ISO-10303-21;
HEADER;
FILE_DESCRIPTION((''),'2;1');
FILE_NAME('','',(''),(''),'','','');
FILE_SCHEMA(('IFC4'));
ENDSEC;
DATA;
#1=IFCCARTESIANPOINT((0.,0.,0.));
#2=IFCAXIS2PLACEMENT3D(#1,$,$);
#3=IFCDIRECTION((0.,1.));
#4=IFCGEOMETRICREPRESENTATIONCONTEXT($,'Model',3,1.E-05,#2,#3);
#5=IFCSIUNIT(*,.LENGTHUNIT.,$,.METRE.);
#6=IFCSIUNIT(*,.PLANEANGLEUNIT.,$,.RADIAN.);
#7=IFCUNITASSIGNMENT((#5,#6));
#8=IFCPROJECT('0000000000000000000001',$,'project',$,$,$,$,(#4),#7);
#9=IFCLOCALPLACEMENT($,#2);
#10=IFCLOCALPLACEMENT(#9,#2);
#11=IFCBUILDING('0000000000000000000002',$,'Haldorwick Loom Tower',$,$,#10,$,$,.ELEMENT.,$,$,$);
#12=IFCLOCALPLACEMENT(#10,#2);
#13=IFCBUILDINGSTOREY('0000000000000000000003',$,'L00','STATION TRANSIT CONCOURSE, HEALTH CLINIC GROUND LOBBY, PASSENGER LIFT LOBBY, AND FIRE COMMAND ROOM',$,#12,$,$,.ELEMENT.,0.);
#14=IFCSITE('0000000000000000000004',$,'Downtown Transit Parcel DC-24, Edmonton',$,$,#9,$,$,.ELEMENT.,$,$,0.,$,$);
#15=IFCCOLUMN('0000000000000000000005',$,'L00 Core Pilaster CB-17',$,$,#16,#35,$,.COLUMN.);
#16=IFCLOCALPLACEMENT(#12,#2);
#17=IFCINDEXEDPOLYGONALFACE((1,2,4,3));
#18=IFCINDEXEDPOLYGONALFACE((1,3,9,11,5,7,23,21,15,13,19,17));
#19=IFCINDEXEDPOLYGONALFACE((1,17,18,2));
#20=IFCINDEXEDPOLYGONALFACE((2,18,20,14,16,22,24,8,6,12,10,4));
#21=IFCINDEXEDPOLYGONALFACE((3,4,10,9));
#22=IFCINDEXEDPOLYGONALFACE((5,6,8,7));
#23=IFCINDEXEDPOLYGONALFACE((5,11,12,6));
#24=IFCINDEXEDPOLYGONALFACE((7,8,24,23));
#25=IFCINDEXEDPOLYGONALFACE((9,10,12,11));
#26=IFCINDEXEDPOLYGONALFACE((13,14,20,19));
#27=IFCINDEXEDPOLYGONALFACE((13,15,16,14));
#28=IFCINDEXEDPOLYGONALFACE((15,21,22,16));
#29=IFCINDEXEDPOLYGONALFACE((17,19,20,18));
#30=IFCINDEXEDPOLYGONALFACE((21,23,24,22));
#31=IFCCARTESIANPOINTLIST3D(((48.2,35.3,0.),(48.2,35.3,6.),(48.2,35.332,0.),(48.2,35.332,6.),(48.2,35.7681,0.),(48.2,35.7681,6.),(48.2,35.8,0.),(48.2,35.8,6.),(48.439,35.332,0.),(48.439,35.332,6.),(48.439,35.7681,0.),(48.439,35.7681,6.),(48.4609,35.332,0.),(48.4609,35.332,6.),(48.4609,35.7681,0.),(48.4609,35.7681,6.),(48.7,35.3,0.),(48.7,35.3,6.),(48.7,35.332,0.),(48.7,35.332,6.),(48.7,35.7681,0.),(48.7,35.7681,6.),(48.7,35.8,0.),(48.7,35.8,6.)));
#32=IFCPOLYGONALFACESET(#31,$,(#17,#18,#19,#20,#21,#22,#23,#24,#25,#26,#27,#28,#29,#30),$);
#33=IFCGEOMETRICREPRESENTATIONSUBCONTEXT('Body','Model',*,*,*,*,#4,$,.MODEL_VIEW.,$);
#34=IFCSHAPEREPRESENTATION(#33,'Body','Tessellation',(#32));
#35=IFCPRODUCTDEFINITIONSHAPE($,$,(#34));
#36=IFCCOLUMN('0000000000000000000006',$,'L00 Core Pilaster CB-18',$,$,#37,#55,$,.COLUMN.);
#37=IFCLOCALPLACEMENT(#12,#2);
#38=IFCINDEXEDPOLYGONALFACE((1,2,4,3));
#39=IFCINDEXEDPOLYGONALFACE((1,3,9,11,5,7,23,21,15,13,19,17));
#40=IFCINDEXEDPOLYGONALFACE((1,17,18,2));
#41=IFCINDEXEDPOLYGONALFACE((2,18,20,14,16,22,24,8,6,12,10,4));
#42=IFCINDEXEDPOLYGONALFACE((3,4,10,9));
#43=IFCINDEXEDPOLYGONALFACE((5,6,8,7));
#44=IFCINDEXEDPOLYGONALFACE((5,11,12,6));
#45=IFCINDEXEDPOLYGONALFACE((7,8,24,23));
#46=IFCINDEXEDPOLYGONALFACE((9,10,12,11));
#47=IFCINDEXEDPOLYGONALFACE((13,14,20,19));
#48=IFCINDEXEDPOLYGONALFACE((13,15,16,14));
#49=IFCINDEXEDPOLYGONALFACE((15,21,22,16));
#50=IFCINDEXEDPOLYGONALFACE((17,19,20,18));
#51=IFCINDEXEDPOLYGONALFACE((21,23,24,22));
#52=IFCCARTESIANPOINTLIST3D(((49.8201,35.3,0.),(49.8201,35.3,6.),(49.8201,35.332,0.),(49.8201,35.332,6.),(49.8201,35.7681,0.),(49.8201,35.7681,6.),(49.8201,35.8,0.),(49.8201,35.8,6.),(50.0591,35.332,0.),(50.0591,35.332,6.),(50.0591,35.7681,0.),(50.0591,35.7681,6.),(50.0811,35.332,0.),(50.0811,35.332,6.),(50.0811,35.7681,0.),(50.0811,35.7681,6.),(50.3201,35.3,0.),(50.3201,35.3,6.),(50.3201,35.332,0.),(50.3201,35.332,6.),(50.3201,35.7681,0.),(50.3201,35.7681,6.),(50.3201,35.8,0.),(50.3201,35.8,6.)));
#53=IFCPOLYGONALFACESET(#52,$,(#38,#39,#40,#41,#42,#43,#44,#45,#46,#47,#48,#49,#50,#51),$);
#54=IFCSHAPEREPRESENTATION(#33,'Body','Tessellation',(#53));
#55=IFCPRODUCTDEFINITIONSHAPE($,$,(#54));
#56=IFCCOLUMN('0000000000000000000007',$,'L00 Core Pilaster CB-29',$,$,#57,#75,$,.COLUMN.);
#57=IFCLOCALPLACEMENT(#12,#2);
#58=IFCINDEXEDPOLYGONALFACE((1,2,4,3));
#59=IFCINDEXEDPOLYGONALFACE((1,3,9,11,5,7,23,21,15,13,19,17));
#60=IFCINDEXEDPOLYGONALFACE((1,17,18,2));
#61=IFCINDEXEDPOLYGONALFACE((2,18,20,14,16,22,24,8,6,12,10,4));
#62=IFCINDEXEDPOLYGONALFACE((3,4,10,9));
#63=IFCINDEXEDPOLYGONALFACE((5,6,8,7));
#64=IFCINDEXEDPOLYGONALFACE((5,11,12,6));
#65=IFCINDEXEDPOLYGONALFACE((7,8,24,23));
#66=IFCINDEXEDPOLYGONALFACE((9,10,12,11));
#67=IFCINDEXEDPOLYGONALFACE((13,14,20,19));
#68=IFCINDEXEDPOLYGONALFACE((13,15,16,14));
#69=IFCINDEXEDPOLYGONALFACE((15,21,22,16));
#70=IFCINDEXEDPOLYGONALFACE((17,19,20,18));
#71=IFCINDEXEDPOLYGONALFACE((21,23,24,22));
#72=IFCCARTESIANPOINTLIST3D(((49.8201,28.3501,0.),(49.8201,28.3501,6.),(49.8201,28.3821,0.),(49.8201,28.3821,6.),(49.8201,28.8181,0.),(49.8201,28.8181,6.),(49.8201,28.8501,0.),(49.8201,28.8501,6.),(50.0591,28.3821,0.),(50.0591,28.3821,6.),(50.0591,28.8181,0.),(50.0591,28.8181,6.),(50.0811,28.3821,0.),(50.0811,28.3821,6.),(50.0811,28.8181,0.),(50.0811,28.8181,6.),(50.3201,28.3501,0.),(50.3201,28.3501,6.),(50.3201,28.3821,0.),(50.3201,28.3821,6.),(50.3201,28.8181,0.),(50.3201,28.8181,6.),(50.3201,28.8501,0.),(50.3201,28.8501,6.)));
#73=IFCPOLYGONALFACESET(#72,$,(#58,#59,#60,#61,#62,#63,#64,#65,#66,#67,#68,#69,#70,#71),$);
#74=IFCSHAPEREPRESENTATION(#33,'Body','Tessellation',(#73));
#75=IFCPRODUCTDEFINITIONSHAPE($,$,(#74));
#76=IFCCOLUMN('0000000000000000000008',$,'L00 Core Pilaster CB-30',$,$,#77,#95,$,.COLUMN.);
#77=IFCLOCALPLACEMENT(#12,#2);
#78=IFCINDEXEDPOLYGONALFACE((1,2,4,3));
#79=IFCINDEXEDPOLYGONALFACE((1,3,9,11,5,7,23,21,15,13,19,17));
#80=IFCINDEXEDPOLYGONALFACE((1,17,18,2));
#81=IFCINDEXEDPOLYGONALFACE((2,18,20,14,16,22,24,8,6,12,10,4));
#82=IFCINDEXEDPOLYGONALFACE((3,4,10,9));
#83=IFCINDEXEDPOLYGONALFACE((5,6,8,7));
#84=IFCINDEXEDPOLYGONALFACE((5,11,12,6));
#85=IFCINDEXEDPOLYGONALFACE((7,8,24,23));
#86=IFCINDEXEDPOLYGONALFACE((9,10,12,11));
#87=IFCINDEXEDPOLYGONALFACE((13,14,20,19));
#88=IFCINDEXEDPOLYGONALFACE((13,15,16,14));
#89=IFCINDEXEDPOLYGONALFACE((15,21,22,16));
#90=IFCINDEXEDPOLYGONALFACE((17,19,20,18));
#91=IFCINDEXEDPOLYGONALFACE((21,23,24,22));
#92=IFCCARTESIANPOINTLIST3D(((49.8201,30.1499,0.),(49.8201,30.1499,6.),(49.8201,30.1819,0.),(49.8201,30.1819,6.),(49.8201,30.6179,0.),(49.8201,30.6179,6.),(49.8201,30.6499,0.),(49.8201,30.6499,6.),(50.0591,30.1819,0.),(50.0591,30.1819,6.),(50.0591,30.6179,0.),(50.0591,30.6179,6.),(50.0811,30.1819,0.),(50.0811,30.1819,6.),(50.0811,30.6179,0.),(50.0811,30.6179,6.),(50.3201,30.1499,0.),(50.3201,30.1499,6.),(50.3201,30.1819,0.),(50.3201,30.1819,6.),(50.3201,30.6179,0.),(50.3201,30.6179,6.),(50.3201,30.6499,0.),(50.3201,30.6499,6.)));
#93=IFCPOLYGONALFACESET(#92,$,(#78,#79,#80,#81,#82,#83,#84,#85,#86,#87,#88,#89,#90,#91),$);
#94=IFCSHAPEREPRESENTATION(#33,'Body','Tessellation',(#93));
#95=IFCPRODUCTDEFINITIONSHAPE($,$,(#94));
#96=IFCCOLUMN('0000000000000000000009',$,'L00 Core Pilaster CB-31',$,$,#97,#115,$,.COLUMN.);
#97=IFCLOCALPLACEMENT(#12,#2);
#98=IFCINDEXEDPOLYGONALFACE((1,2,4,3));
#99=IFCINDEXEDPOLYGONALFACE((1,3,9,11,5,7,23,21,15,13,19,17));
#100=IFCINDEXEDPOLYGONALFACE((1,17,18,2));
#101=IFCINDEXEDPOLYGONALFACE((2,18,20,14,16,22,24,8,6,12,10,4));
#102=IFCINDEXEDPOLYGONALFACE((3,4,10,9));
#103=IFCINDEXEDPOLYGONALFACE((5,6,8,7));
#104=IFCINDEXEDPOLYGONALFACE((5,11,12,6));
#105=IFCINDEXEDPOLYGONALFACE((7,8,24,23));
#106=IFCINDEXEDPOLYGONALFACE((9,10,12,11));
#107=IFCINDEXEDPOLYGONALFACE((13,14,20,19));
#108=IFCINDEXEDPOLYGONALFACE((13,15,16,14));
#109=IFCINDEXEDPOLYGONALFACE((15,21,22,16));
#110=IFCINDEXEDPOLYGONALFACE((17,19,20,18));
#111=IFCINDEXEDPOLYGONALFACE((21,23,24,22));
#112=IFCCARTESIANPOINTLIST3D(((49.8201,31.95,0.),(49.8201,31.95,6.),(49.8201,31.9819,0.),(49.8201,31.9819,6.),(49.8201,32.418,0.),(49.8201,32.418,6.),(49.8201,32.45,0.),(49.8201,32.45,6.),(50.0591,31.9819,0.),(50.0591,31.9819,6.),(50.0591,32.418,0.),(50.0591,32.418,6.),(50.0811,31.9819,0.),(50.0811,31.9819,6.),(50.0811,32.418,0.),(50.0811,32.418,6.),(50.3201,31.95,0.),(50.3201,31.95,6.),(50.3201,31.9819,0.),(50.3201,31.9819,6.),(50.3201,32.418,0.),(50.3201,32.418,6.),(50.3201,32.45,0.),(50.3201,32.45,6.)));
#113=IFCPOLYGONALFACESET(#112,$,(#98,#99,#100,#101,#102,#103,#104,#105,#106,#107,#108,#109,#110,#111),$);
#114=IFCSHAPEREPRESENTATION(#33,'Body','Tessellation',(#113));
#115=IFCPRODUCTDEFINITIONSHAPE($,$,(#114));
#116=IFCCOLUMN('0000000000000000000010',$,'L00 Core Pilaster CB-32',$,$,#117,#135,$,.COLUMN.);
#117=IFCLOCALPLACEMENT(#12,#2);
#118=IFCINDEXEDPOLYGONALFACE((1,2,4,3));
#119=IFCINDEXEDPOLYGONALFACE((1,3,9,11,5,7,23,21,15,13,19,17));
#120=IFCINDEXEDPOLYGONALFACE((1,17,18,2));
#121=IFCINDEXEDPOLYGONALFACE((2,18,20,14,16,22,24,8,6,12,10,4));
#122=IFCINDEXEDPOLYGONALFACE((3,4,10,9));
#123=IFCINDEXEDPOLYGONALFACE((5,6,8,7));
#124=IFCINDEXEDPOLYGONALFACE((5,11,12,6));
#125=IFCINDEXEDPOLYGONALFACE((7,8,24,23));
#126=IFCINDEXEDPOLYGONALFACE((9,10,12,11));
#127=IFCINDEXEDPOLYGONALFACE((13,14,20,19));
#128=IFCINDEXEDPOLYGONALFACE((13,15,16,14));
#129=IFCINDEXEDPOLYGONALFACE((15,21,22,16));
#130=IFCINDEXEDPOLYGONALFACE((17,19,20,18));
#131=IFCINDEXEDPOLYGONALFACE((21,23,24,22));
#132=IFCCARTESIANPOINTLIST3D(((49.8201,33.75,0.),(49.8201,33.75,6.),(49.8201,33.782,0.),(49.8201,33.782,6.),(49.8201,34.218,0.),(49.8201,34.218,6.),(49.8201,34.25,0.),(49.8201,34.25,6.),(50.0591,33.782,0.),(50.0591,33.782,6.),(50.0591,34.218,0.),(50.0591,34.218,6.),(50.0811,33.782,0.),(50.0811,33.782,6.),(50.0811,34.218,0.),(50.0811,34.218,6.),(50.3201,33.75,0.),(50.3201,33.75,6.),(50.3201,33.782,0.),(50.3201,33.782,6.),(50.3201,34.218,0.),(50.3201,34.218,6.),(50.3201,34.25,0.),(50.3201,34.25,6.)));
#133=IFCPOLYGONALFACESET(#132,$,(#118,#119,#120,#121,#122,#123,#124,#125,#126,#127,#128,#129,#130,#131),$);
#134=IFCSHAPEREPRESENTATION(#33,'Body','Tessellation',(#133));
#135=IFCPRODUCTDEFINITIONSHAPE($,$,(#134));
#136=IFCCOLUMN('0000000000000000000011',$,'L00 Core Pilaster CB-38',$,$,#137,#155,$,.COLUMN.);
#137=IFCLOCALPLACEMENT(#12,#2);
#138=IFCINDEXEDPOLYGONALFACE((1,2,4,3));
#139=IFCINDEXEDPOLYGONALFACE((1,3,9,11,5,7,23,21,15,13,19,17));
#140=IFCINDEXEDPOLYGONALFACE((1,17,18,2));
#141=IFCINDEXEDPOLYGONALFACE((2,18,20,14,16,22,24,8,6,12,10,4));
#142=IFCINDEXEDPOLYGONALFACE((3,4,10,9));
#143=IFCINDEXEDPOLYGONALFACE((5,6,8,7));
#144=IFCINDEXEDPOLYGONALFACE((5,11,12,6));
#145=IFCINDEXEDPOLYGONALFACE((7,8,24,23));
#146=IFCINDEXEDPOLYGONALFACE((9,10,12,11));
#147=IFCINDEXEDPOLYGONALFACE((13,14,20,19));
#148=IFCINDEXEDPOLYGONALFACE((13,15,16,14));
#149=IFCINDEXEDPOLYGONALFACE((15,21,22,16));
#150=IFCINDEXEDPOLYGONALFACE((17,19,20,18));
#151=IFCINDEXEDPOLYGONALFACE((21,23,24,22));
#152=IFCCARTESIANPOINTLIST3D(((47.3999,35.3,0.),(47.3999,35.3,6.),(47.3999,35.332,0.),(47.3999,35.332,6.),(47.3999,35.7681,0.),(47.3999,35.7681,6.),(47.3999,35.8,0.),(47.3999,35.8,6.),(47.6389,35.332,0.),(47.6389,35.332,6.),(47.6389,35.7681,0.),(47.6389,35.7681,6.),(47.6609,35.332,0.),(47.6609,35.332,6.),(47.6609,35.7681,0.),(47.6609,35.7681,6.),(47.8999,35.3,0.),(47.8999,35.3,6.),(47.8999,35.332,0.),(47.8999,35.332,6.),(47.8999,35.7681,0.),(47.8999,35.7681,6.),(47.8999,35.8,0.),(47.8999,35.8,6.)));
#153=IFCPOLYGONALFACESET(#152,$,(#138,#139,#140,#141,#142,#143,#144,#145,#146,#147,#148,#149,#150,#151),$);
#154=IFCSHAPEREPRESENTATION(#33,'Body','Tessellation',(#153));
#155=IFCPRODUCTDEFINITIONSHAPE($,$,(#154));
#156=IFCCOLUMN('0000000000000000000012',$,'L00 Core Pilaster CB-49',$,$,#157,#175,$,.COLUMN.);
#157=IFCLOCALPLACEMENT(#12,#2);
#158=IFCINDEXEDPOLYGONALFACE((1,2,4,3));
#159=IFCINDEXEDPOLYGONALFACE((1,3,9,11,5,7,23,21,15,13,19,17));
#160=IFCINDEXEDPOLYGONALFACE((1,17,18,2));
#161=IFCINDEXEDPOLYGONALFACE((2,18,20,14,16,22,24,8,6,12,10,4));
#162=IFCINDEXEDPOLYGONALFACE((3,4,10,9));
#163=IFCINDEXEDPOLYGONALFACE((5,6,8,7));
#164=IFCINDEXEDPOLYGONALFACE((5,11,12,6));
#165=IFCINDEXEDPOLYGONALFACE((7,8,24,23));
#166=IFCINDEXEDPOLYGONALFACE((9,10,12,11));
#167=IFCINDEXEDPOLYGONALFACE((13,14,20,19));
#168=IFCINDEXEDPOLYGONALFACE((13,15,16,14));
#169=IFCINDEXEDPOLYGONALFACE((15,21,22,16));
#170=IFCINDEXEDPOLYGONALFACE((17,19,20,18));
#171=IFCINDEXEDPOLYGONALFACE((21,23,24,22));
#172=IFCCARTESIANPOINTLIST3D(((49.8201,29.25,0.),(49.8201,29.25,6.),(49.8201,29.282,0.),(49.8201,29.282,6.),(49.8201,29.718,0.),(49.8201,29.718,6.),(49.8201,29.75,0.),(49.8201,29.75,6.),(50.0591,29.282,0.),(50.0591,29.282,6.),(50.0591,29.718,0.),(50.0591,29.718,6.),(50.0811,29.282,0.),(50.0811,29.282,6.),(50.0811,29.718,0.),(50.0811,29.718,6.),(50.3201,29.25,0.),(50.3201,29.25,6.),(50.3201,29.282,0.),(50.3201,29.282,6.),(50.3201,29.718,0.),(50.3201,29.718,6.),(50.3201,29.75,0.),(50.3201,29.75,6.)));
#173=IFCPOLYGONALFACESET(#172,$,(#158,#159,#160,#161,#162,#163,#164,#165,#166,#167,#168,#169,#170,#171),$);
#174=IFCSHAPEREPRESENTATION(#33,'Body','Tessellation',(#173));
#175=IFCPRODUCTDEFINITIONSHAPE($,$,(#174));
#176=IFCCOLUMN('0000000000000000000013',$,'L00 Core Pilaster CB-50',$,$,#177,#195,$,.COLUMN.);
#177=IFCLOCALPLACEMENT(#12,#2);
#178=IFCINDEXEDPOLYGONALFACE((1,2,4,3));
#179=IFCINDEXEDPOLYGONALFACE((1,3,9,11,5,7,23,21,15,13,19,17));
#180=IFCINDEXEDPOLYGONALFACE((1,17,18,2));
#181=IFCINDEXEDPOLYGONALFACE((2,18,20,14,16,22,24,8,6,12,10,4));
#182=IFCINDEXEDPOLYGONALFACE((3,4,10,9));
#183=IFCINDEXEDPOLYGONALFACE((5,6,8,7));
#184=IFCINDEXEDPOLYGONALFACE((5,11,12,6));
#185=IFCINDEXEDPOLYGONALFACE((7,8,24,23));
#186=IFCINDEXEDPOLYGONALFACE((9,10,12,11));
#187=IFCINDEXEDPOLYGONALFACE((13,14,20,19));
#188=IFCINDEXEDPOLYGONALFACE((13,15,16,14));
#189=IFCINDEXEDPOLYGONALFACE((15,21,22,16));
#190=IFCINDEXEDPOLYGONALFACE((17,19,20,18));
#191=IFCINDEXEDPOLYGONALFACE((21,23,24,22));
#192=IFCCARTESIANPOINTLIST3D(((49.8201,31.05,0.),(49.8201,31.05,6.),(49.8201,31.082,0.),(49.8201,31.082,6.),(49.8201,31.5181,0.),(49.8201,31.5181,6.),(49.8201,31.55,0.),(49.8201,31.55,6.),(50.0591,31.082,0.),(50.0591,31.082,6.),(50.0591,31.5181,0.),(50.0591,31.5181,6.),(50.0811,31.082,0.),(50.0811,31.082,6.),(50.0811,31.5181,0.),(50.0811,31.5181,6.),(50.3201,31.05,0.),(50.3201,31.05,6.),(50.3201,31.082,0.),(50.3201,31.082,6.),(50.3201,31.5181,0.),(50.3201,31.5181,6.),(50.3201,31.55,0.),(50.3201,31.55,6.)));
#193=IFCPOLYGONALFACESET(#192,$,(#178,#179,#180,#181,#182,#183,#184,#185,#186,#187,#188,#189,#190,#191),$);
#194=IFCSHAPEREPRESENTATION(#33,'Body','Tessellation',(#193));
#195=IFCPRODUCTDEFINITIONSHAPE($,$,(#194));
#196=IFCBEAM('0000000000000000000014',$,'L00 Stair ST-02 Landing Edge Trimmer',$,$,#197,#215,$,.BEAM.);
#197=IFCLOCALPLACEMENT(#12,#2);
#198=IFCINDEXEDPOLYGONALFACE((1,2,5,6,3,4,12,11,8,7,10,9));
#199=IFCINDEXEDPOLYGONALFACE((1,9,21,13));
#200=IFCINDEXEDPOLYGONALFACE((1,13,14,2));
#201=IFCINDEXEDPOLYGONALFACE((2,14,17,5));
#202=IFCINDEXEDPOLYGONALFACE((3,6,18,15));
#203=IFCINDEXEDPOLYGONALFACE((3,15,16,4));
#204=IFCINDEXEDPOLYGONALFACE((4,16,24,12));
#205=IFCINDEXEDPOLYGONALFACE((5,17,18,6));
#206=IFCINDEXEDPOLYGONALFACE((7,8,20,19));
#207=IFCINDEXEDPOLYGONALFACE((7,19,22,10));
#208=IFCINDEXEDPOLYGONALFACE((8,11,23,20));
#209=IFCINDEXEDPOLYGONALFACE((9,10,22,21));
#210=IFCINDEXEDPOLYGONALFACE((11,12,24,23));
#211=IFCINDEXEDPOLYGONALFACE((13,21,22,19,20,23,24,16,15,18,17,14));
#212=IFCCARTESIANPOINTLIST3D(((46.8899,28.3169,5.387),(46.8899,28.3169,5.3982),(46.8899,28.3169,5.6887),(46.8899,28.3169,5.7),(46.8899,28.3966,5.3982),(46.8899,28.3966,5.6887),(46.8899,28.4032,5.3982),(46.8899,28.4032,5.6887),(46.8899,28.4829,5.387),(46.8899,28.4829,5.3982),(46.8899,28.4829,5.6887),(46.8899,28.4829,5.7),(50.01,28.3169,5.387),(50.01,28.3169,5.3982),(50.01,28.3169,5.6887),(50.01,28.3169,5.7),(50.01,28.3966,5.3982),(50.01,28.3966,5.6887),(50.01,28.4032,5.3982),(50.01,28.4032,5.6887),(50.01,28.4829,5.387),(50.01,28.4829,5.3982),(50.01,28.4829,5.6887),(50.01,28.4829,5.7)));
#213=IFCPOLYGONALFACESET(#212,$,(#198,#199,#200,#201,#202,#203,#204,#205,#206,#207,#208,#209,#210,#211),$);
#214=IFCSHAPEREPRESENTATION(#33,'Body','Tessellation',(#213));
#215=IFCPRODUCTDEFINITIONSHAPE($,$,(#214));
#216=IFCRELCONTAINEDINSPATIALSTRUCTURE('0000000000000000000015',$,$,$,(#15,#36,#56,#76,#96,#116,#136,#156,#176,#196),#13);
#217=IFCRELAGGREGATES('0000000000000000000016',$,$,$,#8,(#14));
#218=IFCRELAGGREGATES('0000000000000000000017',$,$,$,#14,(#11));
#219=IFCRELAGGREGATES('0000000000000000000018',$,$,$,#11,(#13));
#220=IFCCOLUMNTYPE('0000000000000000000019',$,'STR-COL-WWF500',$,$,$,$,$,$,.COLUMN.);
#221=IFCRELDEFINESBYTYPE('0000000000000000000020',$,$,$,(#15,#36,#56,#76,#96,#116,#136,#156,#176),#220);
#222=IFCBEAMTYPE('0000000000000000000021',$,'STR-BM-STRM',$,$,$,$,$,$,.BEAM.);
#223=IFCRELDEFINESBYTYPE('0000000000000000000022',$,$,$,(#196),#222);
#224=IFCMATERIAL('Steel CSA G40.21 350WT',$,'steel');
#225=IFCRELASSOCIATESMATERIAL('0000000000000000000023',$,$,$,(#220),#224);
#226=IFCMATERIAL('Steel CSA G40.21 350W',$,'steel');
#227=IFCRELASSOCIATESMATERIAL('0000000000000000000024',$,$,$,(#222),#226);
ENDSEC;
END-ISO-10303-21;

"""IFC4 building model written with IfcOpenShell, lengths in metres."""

from ifc_helpers import new_model, si_unit, direction, frame, origin, origin_2d, place, context, subcontext, project, spatial, i_section, extrude, material, material_profile, profile_set, type_object, element, save


model = new_model("IFC4")

# Units and contexts
model_context = context("Model", 3, precision=1e-05, world=origin(), true_north=direction((0.0, 1.0)))
body_context = subcontext(model_context, "Body", "Model", "MODEL_VIEW")
ifc_project = project(units=[si_unit("LENGTHUNIT", "METRE"), si_unit("PLANEANGLEUNIT", "RADIAN")], contexts=[model_context])

# Site, building, storey
site_placement = place(None, origin())
site = spatial("IfcSite", under=ifc_project, at=site_placement, Name="Downtown Transit Parcel DC-24, Edmonton", CompositionType="ELEMENT", RefElevation=0.0)
building_placement = place(site_placement, origin())
building = spatial("IfcBuilding", under=site, at=building_placement, Name="Haldorwick Loom Tower", CompositionType="ELEMENT")
storey_placement = place(building_placement, origin())
storey = spatial("IfcBuildingStorey", under=building, at=storey_placement, Name="L00", Description="STATION TRANSIT CONCOURSE, HEALTH CLINIC GROUND LOBBY, PASSENGER LIFT LOBBY, AND FIRE COMMAND ROOM", CompositionType="ELEMENT", Elevation=0.0)

# Columns
ifc_material_1 = material(Name="Steel CSA G40.21 350WT", Category="steel")
ifc_material_profile_1 = material_profile(ifc_material_1, i_section(OverallWidth=0.5, OverallDepth=0.5, WebThickness=0.022, FlangeThickness=0.032, at=origin_2d()), Name="WWF500X500", Category="steel")
ifc_profile_set_1 = profile_set([ifc_material_profile_1], Name="Steel CSA G40.21 350WT")
column_type = type_object("IfcColumnType", Name="STR-COL-WWF500", PredefinedType="COLUMN", material=ifc_profile_set_1)
for number, where, z_axis, x_axis, name in (
    (1, (48.45, 35.55, 0.0), (0.0, 0.0, 1.0), (1.0, 0.0, 0.0), "L00 Core Pilaster CB-17"),
    (2, (50.0701, 35.55, 0.0), (0.0, 0.0, 1.0), (1.0, 0.0, 0.0), "L00 Core Pilaster CB-18"),
    (3, (50.0701, 28.6001, 0.0), (0.0, 0.0, 1.0), (1.0, 0.0, 0.0), "L00 Core Pilaster CB-29"),
    (4, (50.0701, 30.3999, 0.0), (0.0, 0.0, 1.0), (1.0, 0.0, 0.0), "L00 Core Pilaster CB-30"),
    (5, (50.0701, 32.2, 0.0), (0.0, 0.0, 1.0), (1.0, 0.0, 0.0), "L00 Core Pilaster CB-31"),
    (6, (50.0701, 34.0, 0.0), (0.0, 0.0, 1.0), (1.0, 0.0, 0.0), "L00 Core Pilaster CB-32"),
    (7, (47.6499, 35.55, 0.0), (0.0, 0.0, 1.0), (1.0, 0.0, 0.0), "L00 Core Pilaster CB-38"),
    (8, (50.0701, 29.5, 0.0), (0.0, 0.0, 1.0), (1.0, 0.0, 0.0), "L00 Core Pilaster CB-49"),
    (9, (50.0701, 31.3, 0.0), (0.0, 0.0, 1.0), (1.0, 0.0, 0.0), "L00 Core Pilaster CB-50"),
):
    element("IfcColumn", number, at=place(storey_placement, frame(where, z_axis=z_axis, x_axis=x_axis)), inside=storey, type_object=column_type, Name=name, PredefinedType="COLUMN", context=body_context, shape_type="SweptSolid", body=[
        extrude(i_section(OverallWidth=0.5, OverallDepth=0.5, WebThickness=0.022, FlangeThickness=0.032, at=origin_2d()), origin(), (0.0, 0.0, 1.0), 6.0),
    ])

# Beam
ifc_material_2 = material(Name="Steel CSA G40.21 350W", Category="steel")
ifc_material_profile_2 = material_profile(ifc_material_2, i_section(OverallWidth=0.166, OverallDepth=0.313, WebThickness=0.0066, FlangeThickness=0.0112, at=origin_2d()), Name="W310X45", Category="steel")
ifc_profile_set_2 = profile_set([ifc_material_profile_2], Name="Steel CSA G40.21 350W")
beam_type = type_object("IfcBeamType", Name="STR-BM-STRM", PredefinedType="BEAM", material=ifc_profile_set_2)
for number, where, z_axis, x_axis, name in (
    (10, (46.8899, 28.3999, 5.5435), (1.0, 0.0, 0.0), (0.0, 1.0, 0.0), "L00 Stair ST-02 Landing Edge Trimmer"),
):
    element("IfcBeam", number, at=place(storey_placement, frame(where, z_axis=z_axis, x_axis=x_axis)), inside=storey, type_object=beam_type, Name=name, PredefinedType="BEAM", context=body_context, shape_type="SweptSolid", body=[
        extrude(i_section(OverallWidth=0.166, OverallDepth=0.313, WebThickness=0.0066, FlangeThickness=0.0112, at=origin_2d()), origin(), (0.0, 0.0, 1.0), 3.1201),
    ])

save(model, "model.ifc")
